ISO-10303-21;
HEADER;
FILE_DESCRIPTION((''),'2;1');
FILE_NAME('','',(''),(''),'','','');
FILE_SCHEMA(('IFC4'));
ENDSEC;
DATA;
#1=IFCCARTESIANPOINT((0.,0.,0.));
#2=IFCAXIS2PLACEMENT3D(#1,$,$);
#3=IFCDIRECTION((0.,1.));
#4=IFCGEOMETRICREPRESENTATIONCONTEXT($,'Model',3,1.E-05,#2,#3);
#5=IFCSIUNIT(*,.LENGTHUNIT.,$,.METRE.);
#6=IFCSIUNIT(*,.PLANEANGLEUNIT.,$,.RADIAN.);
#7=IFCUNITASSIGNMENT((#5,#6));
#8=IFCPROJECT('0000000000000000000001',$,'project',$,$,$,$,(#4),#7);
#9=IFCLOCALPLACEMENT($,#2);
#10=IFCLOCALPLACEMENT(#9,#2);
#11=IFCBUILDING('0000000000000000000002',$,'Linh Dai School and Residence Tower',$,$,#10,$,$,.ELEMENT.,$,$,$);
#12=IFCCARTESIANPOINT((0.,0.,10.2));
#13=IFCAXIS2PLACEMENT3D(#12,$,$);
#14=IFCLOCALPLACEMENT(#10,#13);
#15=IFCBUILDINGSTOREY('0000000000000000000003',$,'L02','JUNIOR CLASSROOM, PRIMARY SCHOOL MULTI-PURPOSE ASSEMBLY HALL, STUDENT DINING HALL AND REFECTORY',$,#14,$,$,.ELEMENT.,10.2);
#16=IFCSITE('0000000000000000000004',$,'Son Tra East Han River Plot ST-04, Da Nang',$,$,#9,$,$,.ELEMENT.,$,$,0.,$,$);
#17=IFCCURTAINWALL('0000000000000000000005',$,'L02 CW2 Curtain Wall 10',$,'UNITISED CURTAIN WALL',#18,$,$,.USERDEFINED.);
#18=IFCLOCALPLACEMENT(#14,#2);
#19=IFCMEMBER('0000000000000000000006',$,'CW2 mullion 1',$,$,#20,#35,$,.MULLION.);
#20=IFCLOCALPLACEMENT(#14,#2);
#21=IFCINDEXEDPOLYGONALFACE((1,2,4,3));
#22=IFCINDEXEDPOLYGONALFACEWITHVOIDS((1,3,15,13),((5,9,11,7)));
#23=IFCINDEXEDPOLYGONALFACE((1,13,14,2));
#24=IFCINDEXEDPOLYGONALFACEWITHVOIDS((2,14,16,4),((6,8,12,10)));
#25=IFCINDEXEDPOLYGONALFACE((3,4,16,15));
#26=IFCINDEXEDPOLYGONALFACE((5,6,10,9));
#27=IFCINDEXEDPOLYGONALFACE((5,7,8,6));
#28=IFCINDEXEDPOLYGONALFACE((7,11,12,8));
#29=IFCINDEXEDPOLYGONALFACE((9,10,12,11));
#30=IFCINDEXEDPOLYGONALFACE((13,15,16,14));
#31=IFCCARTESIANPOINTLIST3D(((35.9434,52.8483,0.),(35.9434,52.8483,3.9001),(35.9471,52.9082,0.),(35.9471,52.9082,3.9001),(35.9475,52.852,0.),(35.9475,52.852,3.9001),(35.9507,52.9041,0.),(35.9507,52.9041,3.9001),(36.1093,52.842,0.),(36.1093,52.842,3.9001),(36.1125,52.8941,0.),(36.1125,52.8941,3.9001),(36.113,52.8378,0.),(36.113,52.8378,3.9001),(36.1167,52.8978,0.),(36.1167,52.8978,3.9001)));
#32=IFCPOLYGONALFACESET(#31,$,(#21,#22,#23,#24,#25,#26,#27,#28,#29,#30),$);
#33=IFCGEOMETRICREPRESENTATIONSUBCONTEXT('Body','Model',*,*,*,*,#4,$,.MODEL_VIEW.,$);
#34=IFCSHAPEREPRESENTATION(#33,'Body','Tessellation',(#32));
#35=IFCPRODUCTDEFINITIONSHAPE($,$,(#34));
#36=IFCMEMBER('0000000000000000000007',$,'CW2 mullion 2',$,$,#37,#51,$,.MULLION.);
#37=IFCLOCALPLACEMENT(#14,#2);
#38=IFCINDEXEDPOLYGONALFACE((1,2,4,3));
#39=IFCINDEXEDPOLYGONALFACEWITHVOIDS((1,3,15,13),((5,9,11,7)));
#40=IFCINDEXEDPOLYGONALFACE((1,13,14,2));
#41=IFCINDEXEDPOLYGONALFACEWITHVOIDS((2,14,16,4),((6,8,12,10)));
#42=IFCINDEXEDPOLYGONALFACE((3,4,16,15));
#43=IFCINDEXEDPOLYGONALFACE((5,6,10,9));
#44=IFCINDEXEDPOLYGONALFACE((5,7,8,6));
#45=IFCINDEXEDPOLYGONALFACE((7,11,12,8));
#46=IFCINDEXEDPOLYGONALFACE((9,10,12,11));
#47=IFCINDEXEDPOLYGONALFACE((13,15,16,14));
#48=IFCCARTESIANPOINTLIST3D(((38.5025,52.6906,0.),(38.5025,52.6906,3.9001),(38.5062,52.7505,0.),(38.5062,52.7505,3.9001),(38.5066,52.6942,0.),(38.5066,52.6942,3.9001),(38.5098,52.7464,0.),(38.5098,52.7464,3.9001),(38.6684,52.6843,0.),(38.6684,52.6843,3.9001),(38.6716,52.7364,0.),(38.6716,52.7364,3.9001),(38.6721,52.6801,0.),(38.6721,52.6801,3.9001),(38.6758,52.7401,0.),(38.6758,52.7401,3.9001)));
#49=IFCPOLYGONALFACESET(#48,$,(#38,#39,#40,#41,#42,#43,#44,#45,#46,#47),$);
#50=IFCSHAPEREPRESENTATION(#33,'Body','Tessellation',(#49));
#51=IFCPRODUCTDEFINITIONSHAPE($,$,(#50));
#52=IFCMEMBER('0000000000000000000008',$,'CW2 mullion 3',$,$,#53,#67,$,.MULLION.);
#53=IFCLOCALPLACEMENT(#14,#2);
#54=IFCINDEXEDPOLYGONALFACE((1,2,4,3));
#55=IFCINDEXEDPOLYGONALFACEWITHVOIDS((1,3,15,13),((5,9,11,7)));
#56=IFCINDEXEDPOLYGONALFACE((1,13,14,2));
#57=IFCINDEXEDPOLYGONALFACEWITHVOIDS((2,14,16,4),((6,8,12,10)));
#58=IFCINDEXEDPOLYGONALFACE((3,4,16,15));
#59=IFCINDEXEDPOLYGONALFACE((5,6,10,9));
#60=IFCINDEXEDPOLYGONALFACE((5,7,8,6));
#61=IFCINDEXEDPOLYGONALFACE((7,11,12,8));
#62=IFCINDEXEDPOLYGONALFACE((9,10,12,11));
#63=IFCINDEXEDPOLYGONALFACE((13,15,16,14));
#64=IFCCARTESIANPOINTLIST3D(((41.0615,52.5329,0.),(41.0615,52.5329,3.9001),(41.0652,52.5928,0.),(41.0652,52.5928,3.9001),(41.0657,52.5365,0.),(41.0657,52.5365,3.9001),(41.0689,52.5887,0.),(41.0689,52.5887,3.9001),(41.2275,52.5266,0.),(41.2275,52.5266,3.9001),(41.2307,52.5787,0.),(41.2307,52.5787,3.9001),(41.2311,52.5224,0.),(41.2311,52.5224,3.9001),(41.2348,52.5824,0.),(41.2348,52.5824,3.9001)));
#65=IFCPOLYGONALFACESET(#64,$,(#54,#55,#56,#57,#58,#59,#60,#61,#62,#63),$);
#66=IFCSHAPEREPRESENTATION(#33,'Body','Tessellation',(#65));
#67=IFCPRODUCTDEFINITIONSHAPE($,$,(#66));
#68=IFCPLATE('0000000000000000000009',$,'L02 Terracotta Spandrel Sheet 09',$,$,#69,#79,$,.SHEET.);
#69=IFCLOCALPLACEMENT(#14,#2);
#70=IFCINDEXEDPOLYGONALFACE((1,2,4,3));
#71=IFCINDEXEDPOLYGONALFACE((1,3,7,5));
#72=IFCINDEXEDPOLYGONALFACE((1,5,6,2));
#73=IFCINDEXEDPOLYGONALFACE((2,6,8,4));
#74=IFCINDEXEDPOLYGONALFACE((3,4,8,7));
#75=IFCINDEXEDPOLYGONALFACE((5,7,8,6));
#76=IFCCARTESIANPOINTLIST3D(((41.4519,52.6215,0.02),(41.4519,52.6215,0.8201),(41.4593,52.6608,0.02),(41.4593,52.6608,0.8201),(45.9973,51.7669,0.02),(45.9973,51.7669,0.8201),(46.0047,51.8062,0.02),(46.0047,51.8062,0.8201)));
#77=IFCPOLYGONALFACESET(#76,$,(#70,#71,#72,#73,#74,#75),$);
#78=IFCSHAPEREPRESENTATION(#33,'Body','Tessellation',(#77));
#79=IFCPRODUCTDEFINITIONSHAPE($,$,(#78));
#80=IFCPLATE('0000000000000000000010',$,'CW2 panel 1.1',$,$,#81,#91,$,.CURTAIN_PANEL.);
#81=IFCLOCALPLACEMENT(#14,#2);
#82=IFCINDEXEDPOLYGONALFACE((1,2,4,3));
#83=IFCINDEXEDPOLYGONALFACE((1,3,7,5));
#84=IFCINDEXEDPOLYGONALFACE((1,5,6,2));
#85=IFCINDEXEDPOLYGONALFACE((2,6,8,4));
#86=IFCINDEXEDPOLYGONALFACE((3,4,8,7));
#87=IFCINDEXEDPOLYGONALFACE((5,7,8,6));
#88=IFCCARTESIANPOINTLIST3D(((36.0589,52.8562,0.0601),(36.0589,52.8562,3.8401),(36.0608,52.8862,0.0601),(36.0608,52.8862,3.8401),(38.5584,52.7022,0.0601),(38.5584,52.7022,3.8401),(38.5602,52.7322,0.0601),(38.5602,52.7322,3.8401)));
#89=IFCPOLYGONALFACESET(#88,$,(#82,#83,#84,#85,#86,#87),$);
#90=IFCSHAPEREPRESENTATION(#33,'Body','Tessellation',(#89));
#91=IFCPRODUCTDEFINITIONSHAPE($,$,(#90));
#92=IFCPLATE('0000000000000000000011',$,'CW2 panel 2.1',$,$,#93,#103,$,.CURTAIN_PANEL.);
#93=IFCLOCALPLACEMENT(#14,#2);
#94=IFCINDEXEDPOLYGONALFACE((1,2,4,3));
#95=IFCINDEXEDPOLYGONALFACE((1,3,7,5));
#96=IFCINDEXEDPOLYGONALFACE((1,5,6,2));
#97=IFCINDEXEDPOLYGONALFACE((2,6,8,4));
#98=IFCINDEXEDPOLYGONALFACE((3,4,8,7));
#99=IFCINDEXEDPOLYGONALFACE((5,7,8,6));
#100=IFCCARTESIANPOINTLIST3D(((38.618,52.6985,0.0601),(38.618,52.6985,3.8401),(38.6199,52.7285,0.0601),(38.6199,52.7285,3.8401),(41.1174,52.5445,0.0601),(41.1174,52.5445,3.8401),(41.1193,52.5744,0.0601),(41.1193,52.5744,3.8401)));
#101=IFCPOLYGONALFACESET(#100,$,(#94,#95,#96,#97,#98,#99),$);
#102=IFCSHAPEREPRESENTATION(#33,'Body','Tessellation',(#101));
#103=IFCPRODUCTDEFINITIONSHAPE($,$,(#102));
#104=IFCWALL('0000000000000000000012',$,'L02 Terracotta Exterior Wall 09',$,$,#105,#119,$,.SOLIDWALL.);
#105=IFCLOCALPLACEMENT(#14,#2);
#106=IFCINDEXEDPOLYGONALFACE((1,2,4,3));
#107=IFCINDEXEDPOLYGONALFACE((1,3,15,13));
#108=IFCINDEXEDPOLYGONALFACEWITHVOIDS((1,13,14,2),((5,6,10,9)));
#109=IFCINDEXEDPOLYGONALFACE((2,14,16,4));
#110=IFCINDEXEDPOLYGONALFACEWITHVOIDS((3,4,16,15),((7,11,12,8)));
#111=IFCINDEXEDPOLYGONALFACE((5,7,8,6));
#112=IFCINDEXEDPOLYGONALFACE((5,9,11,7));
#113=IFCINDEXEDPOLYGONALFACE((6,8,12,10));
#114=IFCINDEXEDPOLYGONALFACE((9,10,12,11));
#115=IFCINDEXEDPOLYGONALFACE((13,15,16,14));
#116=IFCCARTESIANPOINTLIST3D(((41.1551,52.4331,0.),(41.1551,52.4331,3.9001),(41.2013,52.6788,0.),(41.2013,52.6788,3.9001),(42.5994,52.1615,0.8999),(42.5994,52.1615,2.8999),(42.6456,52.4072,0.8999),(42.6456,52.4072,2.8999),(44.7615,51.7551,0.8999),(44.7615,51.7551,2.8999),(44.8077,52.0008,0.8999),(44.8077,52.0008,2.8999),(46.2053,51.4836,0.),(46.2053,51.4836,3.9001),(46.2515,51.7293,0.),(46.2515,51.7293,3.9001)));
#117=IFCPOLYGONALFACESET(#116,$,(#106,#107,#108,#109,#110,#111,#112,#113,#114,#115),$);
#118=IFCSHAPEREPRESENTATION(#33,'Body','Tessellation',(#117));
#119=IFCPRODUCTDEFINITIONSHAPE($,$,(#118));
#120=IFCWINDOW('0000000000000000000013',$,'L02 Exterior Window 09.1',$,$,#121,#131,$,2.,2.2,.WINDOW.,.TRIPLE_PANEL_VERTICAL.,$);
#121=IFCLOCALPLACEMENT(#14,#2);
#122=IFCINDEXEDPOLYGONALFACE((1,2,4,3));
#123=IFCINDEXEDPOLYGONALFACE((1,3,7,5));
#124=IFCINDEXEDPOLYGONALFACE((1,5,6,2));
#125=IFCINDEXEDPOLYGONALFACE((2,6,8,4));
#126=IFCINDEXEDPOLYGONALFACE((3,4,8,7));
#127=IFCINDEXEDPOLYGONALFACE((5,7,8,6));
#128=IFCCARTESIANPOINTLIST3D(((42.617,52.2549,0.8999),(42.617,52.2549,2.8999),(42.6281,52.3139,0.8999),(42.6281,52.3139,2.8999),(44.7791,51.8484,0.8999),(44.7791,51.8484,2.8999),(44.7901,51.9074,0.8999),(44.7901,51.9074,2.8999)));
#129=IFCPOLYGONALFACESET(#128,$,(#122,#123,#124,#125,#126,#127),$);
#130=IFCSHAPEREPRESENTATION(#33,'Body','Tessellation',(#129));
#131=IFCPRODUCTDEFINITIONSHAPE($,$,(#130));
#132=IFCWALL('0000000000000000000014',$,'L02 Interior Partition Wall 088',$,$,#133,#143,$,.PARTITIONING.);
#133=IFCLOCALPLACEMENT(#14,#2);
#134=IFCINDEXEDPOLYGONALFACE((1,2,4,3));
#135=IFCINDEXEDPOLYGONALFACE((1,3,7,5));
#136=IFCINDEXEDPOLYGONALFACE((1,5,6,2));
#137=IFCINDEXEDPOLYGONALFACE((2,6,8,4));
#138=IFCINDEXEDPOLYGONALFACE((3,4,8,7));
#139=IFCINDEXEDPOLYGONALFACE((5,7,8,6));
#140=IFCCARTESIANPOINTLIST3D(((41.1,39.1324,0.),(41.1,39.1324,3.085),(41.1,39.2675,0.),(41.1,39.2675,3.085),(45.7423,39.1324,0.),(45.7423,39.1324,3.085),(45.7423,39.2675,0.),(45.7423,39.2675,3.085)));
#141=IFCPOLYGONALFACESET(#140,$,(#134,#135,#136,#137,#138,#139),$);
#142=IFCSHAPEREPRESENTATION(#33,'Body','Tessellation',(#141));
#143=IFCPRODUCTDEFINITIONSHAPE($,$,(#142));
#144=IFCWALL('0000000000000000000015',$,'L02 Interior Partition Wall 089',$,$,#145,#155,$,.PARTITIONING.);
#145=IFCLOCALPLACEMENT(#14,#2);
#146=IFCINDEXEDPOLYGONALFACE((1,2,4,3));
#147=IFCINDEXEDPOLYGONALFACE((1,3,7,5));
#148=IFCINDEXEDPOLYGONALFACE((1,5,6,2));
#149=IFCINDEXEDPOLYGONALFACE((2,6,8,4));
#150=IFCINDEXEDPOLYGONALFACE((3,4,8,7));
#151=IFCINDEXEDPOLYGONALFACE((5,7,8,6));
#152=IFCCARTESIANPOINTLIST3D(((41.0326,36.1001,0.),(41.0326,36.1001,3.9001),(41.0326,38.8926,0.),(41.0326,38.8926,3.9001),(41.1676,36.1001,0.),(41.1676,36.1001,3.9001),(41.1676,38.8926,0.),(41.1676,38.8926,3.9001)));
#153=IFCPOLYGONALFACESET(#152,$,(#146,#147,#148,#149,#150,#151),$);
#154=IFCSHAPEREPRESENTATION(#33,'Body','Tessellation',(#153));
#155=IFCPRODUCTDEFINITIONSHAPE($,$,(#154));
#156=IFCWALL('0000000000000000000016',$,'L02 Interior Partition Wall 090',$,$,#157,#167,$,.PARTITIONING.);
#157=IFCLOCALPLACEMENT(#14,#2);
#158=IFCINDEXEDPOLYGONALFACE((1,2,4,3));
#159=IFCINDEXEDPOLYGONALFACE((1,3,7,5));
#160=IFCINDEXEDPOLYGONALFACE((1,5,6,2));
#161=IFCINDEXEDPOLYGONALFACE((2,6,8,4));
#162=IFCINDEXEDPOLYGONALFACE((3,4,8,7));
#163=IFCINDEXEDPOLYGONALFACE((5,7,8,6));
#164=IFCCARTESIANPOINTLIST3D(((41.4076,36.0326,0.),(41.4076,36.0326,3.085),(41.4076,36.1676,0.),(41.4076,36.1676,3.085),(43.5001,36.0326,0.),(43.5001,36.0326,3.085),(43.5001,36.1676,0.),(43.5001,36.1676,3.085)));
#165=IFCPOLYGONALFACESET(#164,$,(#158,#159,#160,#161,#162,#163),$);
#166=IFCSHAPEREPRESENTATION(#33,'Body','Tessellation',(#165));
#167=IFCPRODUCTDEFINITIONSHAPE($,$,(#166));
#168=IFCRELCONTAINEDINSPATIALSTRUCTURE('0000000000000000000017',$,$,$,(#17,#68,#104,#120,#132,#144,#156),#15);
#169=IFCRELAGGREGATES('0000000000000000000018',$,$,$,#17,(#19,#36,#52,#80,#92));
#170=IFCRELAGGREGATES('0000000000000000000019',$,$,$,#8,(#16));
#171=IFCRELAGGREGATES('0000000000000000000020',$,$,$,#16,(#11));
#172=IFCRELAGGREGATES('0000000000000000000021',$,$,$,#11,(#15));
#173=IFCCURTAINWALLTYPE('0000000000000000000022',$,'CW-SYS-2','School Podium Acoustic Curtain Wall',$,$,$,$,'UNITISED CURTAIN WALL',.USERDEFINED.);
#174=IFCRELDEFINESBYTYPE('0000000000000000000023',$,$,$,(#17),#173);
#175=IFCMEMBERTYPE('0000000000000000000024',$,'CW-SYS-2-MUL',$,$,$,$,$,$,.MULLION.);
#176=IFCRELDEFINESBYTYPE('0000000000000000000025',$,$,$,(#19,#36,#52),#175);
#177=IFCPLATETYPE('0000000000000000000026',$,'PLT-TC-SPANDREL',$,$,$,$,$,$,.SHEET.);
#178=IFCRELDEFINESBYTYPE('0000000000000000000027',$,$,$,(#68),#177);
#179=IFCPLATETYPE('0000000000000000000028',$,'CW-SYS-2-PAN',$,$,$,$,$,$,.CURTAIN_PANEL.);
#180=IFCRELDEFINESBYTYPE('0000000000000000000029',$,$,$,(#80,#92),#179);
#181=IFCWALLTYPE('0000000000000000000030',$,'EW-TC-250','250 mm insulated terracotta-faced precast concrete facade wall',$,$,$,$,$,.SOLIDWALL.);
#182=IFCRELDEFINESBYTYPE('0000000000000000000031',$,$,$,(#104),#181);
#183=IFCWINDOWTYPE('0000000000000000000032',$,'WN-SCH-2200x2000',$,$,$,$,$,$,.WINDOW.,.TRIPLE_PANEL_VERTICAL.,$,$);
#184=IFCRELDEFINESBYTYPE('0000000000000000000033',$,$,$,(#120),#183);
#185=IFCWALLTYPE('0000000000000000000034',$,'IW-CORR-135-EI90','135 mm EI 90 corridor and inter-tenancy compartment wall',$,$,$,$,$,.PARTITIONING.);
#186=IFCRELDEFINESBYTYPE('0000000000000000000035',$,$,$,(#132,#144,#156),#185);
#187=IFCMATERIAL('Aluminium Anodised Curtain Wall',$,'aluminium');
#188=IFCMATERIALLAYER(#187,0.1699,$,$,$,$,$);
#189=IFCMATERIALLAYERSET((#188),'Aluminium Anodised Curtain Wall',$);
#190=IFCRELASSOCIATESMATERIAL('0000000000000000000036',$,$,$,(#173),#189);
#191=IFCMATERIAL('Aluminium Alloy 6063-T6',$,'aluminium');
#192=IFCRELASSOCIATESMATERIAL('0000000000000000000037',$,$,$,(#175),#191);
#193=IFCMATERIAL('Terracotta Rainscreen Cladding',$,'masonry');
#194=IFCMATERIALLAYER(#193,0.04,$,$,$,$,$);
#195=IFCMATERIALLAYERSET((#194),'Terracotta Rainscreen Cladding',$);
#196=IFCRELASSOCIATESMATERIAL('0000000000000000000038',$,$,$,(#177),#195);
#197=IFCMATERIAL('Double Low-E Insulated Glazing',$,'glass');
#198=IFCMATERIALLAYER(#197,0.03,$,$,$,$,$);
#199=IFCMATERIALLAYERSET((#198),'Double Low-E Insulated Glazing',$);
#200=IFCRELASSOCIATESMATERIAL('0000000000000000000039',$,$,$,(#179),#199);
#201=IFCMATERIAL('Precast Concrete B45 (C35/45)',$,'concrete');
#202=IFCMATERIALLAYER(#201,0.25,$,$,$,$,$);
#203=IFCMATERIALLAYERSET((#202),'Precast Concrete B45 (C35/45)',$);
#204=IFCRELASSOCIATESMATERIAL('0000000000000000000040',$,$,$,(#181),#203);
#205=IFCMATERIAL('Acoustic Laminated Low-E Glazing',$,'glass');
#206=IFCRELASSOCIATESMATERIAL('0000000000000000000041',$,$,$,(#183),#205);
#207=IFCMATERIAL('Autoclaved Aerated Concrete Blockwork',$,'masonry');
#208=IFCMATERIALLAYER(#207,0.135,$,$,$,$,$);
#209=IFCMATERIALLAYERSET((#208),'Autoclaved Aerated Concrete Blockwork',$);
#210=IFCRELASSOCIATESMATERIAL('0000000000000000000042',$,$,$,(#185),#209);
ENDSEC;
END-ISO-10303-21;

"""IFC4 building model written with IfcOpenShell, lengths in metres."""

from ifc_helpers import new_model, si_unit, direction, frame, frame_2d, origin, origin_2d, place, context, subcontext, project, spatial, rectangle, hollow_rectangle, extrude, source, transform, mapped, material, layer, layer_set, material_profile, profile_set, type_object, element, fill, aggregate, save


model = new_model("IFC4")

# Units and contexts
model_context = context("Model", 3, precision=1e-05, world=origin(), true_north=direction((0.0, 1.0)))
body_context = subcontext(model_context, "Body", "Model", "MODEL_VIEW")
ifc_project = project(units=[si_unit("LENGTHUNIT", "METRE"), si_unit("PLANEANGLEUNIT", "RADIAN")], contexts=[model_context])

# Site, building, storey
site_placement = place(None, origin())
site = spatial("IfcSite", under=ifc_project, at=site_placement, Name="Son Tra East Han River Plot ST-04, Da Nang", CompositionType="ELEMENT", RefElevation=0.0)
building_placement = place(site_placement, origin())
building = spatial("IfcBuilding", under=site, at=building_placement, Name="Linh Dai School and Residence Tower", CompositionType="ELEMENT")
storey_placement = place(building_placement, frame((0.0, 0.0, 10.2)))
storey = spatial("IfcBuildingStorey", under=building, at=storey_placement, Name="L02", Description="JUNIOR CLASSROOM, PRIMARY SCHOOL MULTI-PURPOSE ASSEMBLY HALL, STUDENT DINING HALL AND REFECTORY", CompositionType="ELEMENT", Elevation=10.2)

# Curtain wall, members
ifc_material_1 = material(Name="Aluminium Anodised Curtain Wall", Category="aluminium")
ifc_layer_1 = layer(ifc_material_1, 0.1699)
ifc_layer_set_1 = layer_set([ifc_layer_1], Name="Aluminium Anodised Curtain Wall")
curtain_wall_type = type_object("IfcCurtainWallType", Name="CW-SYS-2", Description="School Podium Acoustic Curtain Wall", ElementType="UNITISED CURTAIN WALL", PredefinedType="USERDEFINED", material=ifc_layer_set_1)
curtain_wall_placement = place(storey_placement, origin())
curtain_wall = element("IfcCurtainWall", 1, at=curtain_wall_placement, inside=storey, type_object=curtain_wall_type, Name="L02 CW2 Curtain Wall 10", ObjectType="UNITISED CURTAIN WALL", PredefinedType="USERDEFINED")
ifc_material_2 = material(Name="Aluminium Alloy 6063-T6", Category="aluminium")
ifc_material_profile_1 = material_profile(ifc_material_2, hollow_rectangle(XDim=0.0601, YDim=0.1699, WallThickness=0.0039, at=origin_2d()), Name="RHS 170x60x4")
ifc_profile_set_1 = profile_set([ifc_material_profile_1], Name="Aluminium Alloy 6063-T6")
member_type_1 = type_object("IfcMemberType", Name="CW-SYS-2-MUL", PredefinedType="MULLION", material=ifc_profile_set_1)
shared_shape_1 = source(origin(), body_context, "Body", "SweptSolid", [
    extrude(hollow_rectangle(XDim=0.0601, YDim=0.1699, WallThickness=0.0039, at=origin_2d()), origin(), (0.0, 0.0, 1.0), 3.9001),
])
member_1_placement = place(storey_placement, frame((36.03, 52.873, 0.0), z_axis=(0.0, 0.0, 1.0), x_axis=(0.061516, 0.998106, 0.0)))
member_1 = element("IfcMember", 2, at=member_1_placement, type_object=member_type_1, Name="CW2 mullion 1", PredefinedType="MULLION", context=body_context, shape_type="MappedRepresentation", body=[
    mapped(shared_shape_1, transform((0.0, 0.0, 0.0), x_axis=(1.0, 0.0, 0.0), y_axis=(0.0, 1.0, 0.0), z_axis=(0.0, 0.0, 1.0), scale=1.0)),
])
member_2_placement = place(storey_placement, frame((38.5891, 52.7153, 0.0), z_axis=(0.0, 0.0, 1.0), x_axis=(0.061516, 0.998106, 0.0)))
member_2 = element("IfcMember", 3, at=member_2_placement, type_object=member_type_1, Name="CW2 mullion 2", PredefinedType="MULLION", context=body_context, shape_type="MappedRepresentation", body=[
    mapped(shared_shape_1, transform((0.0, 0.0, 0.0), x_axis=(1.0, 0.0, 0.0), y_axis=(0.0, 1.0, 0.0), z_axis=(0.0, 0.0, 1.0), scale=1.0)),
])
member_3_placement = place(storey_placement, frame((41.1482, 52.5576, 0.0), z_axis=(0.0, 0.0, 1.0), x_axis=(0.061516, 0.998106, 0.0)))
member_3 = element("IfcMember", 4, at=member_3_placement, type_object=member_type_1, Name="CW2 mullion 3", PredefinedType="MULLION", context=body_context, shape_type="MappedRepresentation", body=[
    mapped(shared_shape_1, transform((0.0, 0.0, 0.0), x_axis=(1.0, 0.0, 0.0), y_axis=(0.0, 1.0, 0.0), z_axis=(0.0, 0.0, 1.0), scale=1.0)),
])

# Plates
ifc_material_3 = material(Name="Terracotta Rainscreen Cladding", Category="masonry")
ifc_layer_2 = layer(ifc_material_3, 0.04)
ifc_layer_set_2 = layer_set([ifc_layer_2], Name="Terracotta Rainscreen Cladding")
plate_type_1 = type_object("IfcPlateType", Name="PLT-TC-SPANDREL", PredefinedType="SHEET", material=ifc_layer_set_2)
shared_shape_2 = source(origin(), body_context, "Body", "SweptSolid", [
    extrude(rectangle(XDim=4.625, YDim=0.04, at=origin_2d()), origin(), (0.0, 0.0, 1.0), 0.8),
])
plate_1_placement = place(storey_placement, frame((43.7283, 52.2139, 0.02), z_axis=(0.0, 0.0, 1.0), x_axis=(0.982781, -0.184775, 0.0)))
element("IfcPlate", 5, at=plate_1_placement, inside=storey, type_object=plate_type_1, Name="L02 Terracotta Spandrel Sheet 09", PredefinedType="SHEET", context=body_context, shape_type="MappedRepresentation", body=[
    mapped(shared_shape_2, transform((0.0, 0.0, 0.0), x_axis=(1.0, 0.0, 0.0), y_axis=(0.0, 1.0, 0.0), z_axis=(0.0, 0.0, 1.0), scale=1.0)),
])
ifc_material_4 = material(Name="Double Low-E Insulated Glazing", Category="glass")
ifc_layer_3 = layer(ifc_material_4, 0.03)
ifc_layer_set_3 = layer_set([ifc_layer_3], Name="Double Low-E Insulated Glazing")
plate_type_2 = type_object("IfcPlateType", Name="CW-SYS-2-PAN", PredefinedType="CURTAIN_PANEL", material=ifc_layer_set_3)
shared_shape_3 = source(origin(), body_context, "Body", "SweptSolid", [
    extrude(rectangle(XDim=2.5042, YDim=0.03, at=origin_2d()), origin(), (0.0, 0.0, 1.0), 3.78),
])
plate_2_placement = place(storey_placement, frame((37.3096, 52.7942, 0.0601), z_axis=(0.0, 0.0, 1.0), x_axis=(0.998106, -0.061516, 0.0)))
plate_2 = element("IfcPlate", 6, at=plate_2_placement, type_object=plate_type_2, Name="CW2 panel 1.1", PredefinedType="CURTAIN_PANEL", context=body_context, shape_type="MappedRepresentation", body=[
    mapped(shared_shape_3, transform((0.0, 0.0, 0.0), x_axis=(1.0, 0.0, 0.0), y_axis=(0.0, 1.0, 0.0), z_axis=(0.0, 0.0, 1.0), scale=1.0)),
])
plate_3_placement = place(storey_placement, frame((39.8687, 52.6365, 0.0601), z_axis=(0.0, 0.0, 1.0), x_axis=(0.998106, -0.061516, 0.0)))
plate_3 = element("IfcPlate", 7, at=plate_3_placement, type_object=plate_type_2, Name="CW2 panel 2.1", PredefinedType="CURTAIN_PANEL", context=body_context, shape_type="MappedRepresentation", body=[
    mapped(shared_shape_3, transform((0.0, 0.0, 0.0), x_axis=(1.0, 0.0, 0.0), y_axis=(0.0, 1.0, 0.0), z_axis=(0.0, 0.0, 1.0), scale=1.0)),
])
aggregate(curtain_wall, [member_1, member_2, member_3, plate_2, plate_3])

# Wall, opening, window
ifc_material_5 = material(Name="Precast Concrete B45 (C35/45)", Category="concrete")
ifc_layer_4 = layer(ifc_material_5, 0.25)
ifc_layer_set_4 = layer_set([ifc_layer_4], Name="Precast Concrete B45 (C35/45)")
wall_type_1 = type_object("IfcWallType", Name="EW-TC-250", Description="250 mm insulated terracotta-faced precast concrete facade wall", PredefinedType="SOLIDWALL", material=ifc_layer_set_4)
wall_1_placement = place(storey_placement, frame((41.1782, 52.5559, 0.0), z_axis=(0.0, 0.0, 1.0), x_axis=(0.982783, -0.184765, 0.0)))
wall_1 = element("IfcWall", 8, at=wall_1_placement, inside=storey, type_object=wall_type_1, Name="L02 Terracotta Exterior Wall 09", PredefinedType="SOLIDWALL", context=body_context, shape_type="SweptSolid", body=[
    extrude(rectangle(XDim=5.1387, YDim=0.25, at=frame_2d((2.5693, 0.0))), origin(), (0.0, 0.0, 1.0), 3.9001),
])
opening_placement = place(wall_1_placement, frame((1.4695, 0.0, 0.8999)))
opening = element("IfcOpeningElement", 9, at=opening_placement, cuts=wall_1, PredefinedType="OPENING", context=body_context, shape_type="SweptSolid", body=[
    extrude(rectangle(XDim=2.2, YDim=2.0, at=origin_2d()), frame((1.1001, 0.135, 1.0), z_axis=(0.0, -1.0, 0.0), x_axis=(1.0, 0.0, 0.0)), (0.0, 0.0, 1.0), 0.27),
])
ifc_material_6 = material(Name="Acoustic Laminated Low-E Glazing", Category="glass")
window_type = type_object("IfcWindowType", Name="WN-SCH-2200x2000", PartitioningType="TRIPLE_PANEL_VERTICAL", PredefinedType="WINDOW", material=ifc_material_6)
shared_shape_4 = source(origin(), body_context, "Body", "SweptSolid", [
    extrude(rectangle(XDim=2.2, YDim=2.0, at=origin_2d()), frame((1.1001, 0.03, 1.0), z_axis=(0.0, -1.0, 0.0), x_axis=(1.0, 0.0, 0.0)), (0.0, 0.0, 1.0), 0.0601),
])
window_placement = place(opening_placement, origin())
window = element("IfcWindow", 10, at=window_placement, inside=storey, type_object=window_type, Name="L02 Exterior Window 09.1", OverallHeight=2.0, OverallWidth=2.2, PartitioningType="TRIPLE_PANEL_VERTICAL", PredefinedType="WINDOW", context=body_context, shape_type="MappedRepresentation", body=[
    mapped(shared_shape_4, transform((0.0, 0.0, 0.0), x_axis=(1.0, 0.0, 0.0), y_axis=(0.0, 1.0, 0.0), z_axis=(0.0, 0.0, 1.0), scale=1.0)),
])
fill(opening, window)

# Walls
ifc_material_7 = material(Name="Autoclaved Aerated Concrete Blockwork", Category="masonry")
ifc_layer_5 = layer(ifc_material_7, 0.135)
ifc_layer_set_5 = layer_set([ifc_layer_5], Name="Autoclaved Aerated Concrete Blockwork")
wall_type_2 = type_object("IfcWallType", Name="IW-CORR-135-EI90", Description="135 mm EI 90 corridor and inter-tenancy compartment wall", PredefinedType="PARTITIONING", material=ifc_layer_set_5)
wall_2_placement = place(storey_placement, frame((45.7424, 39.2, 0.0), z_axis=(0.0, 0.0, 1.0), x_axis=(-1.0, 0.0, 0.0)))
element("IfcWall", 11, at=wall_2_placement, inside=storey, type_object=wall_type_2, Name="L02 Interior Partition Wall 088", PredefinedType="PARTITIONING", context=body_context, shape_type="SweptSolid", body=[
    extrude(rectangle(XDim=4.6423, YDim=0.135, at=frame_2d((2.3213, 0.0))), origin(), (0.0, 0.0, 1.0), 3.085),
])
wall_3_placement = place(storey_placement, frame((41.1001, 38.8926, 0.0), z_axis=(0.0, 0.0, 1.0), x_axis=(0.0, -1.0, 0.0)))
element("IfcWall", 12, at=wall_3_placement, inside=storey, type_object=wall_type_2, Name="L02 Interior Partition Wall 089", PredefinedType="PARTITIONING", context=body_context, shape_type="SweptSolid", body=[
    extrude(rectangle(XDim=2.7925, YDim=0.135, at=frame_2d((1.3962, 0.0))), origin(), (0.0, 0.0, 1.0), 3.9001),
])
wall_4_placement = place(storey_placement, frame((41.4075, 36.1001, 0.0), z_axis=(0.0, 0.0, 1.0), x_axis=(1.0, 0.0, 0.0)))
element("IfcWall", 13, at=wall_4_placement, inside=storey, type_object=wall_type_2, Name="L02 Interior Partition Wall 090", PredefinedType="PARTITIONING", context=body_context, shape_type="SweptSolid", body=[
    extrude(rectangle(XDim=2.0925, YDim=0.135, at=frame_2d((1.0464, 0.0))), origin(), (0.0, 0.0, 1.0), 3.085),
])

save(model, "model.ifc")
